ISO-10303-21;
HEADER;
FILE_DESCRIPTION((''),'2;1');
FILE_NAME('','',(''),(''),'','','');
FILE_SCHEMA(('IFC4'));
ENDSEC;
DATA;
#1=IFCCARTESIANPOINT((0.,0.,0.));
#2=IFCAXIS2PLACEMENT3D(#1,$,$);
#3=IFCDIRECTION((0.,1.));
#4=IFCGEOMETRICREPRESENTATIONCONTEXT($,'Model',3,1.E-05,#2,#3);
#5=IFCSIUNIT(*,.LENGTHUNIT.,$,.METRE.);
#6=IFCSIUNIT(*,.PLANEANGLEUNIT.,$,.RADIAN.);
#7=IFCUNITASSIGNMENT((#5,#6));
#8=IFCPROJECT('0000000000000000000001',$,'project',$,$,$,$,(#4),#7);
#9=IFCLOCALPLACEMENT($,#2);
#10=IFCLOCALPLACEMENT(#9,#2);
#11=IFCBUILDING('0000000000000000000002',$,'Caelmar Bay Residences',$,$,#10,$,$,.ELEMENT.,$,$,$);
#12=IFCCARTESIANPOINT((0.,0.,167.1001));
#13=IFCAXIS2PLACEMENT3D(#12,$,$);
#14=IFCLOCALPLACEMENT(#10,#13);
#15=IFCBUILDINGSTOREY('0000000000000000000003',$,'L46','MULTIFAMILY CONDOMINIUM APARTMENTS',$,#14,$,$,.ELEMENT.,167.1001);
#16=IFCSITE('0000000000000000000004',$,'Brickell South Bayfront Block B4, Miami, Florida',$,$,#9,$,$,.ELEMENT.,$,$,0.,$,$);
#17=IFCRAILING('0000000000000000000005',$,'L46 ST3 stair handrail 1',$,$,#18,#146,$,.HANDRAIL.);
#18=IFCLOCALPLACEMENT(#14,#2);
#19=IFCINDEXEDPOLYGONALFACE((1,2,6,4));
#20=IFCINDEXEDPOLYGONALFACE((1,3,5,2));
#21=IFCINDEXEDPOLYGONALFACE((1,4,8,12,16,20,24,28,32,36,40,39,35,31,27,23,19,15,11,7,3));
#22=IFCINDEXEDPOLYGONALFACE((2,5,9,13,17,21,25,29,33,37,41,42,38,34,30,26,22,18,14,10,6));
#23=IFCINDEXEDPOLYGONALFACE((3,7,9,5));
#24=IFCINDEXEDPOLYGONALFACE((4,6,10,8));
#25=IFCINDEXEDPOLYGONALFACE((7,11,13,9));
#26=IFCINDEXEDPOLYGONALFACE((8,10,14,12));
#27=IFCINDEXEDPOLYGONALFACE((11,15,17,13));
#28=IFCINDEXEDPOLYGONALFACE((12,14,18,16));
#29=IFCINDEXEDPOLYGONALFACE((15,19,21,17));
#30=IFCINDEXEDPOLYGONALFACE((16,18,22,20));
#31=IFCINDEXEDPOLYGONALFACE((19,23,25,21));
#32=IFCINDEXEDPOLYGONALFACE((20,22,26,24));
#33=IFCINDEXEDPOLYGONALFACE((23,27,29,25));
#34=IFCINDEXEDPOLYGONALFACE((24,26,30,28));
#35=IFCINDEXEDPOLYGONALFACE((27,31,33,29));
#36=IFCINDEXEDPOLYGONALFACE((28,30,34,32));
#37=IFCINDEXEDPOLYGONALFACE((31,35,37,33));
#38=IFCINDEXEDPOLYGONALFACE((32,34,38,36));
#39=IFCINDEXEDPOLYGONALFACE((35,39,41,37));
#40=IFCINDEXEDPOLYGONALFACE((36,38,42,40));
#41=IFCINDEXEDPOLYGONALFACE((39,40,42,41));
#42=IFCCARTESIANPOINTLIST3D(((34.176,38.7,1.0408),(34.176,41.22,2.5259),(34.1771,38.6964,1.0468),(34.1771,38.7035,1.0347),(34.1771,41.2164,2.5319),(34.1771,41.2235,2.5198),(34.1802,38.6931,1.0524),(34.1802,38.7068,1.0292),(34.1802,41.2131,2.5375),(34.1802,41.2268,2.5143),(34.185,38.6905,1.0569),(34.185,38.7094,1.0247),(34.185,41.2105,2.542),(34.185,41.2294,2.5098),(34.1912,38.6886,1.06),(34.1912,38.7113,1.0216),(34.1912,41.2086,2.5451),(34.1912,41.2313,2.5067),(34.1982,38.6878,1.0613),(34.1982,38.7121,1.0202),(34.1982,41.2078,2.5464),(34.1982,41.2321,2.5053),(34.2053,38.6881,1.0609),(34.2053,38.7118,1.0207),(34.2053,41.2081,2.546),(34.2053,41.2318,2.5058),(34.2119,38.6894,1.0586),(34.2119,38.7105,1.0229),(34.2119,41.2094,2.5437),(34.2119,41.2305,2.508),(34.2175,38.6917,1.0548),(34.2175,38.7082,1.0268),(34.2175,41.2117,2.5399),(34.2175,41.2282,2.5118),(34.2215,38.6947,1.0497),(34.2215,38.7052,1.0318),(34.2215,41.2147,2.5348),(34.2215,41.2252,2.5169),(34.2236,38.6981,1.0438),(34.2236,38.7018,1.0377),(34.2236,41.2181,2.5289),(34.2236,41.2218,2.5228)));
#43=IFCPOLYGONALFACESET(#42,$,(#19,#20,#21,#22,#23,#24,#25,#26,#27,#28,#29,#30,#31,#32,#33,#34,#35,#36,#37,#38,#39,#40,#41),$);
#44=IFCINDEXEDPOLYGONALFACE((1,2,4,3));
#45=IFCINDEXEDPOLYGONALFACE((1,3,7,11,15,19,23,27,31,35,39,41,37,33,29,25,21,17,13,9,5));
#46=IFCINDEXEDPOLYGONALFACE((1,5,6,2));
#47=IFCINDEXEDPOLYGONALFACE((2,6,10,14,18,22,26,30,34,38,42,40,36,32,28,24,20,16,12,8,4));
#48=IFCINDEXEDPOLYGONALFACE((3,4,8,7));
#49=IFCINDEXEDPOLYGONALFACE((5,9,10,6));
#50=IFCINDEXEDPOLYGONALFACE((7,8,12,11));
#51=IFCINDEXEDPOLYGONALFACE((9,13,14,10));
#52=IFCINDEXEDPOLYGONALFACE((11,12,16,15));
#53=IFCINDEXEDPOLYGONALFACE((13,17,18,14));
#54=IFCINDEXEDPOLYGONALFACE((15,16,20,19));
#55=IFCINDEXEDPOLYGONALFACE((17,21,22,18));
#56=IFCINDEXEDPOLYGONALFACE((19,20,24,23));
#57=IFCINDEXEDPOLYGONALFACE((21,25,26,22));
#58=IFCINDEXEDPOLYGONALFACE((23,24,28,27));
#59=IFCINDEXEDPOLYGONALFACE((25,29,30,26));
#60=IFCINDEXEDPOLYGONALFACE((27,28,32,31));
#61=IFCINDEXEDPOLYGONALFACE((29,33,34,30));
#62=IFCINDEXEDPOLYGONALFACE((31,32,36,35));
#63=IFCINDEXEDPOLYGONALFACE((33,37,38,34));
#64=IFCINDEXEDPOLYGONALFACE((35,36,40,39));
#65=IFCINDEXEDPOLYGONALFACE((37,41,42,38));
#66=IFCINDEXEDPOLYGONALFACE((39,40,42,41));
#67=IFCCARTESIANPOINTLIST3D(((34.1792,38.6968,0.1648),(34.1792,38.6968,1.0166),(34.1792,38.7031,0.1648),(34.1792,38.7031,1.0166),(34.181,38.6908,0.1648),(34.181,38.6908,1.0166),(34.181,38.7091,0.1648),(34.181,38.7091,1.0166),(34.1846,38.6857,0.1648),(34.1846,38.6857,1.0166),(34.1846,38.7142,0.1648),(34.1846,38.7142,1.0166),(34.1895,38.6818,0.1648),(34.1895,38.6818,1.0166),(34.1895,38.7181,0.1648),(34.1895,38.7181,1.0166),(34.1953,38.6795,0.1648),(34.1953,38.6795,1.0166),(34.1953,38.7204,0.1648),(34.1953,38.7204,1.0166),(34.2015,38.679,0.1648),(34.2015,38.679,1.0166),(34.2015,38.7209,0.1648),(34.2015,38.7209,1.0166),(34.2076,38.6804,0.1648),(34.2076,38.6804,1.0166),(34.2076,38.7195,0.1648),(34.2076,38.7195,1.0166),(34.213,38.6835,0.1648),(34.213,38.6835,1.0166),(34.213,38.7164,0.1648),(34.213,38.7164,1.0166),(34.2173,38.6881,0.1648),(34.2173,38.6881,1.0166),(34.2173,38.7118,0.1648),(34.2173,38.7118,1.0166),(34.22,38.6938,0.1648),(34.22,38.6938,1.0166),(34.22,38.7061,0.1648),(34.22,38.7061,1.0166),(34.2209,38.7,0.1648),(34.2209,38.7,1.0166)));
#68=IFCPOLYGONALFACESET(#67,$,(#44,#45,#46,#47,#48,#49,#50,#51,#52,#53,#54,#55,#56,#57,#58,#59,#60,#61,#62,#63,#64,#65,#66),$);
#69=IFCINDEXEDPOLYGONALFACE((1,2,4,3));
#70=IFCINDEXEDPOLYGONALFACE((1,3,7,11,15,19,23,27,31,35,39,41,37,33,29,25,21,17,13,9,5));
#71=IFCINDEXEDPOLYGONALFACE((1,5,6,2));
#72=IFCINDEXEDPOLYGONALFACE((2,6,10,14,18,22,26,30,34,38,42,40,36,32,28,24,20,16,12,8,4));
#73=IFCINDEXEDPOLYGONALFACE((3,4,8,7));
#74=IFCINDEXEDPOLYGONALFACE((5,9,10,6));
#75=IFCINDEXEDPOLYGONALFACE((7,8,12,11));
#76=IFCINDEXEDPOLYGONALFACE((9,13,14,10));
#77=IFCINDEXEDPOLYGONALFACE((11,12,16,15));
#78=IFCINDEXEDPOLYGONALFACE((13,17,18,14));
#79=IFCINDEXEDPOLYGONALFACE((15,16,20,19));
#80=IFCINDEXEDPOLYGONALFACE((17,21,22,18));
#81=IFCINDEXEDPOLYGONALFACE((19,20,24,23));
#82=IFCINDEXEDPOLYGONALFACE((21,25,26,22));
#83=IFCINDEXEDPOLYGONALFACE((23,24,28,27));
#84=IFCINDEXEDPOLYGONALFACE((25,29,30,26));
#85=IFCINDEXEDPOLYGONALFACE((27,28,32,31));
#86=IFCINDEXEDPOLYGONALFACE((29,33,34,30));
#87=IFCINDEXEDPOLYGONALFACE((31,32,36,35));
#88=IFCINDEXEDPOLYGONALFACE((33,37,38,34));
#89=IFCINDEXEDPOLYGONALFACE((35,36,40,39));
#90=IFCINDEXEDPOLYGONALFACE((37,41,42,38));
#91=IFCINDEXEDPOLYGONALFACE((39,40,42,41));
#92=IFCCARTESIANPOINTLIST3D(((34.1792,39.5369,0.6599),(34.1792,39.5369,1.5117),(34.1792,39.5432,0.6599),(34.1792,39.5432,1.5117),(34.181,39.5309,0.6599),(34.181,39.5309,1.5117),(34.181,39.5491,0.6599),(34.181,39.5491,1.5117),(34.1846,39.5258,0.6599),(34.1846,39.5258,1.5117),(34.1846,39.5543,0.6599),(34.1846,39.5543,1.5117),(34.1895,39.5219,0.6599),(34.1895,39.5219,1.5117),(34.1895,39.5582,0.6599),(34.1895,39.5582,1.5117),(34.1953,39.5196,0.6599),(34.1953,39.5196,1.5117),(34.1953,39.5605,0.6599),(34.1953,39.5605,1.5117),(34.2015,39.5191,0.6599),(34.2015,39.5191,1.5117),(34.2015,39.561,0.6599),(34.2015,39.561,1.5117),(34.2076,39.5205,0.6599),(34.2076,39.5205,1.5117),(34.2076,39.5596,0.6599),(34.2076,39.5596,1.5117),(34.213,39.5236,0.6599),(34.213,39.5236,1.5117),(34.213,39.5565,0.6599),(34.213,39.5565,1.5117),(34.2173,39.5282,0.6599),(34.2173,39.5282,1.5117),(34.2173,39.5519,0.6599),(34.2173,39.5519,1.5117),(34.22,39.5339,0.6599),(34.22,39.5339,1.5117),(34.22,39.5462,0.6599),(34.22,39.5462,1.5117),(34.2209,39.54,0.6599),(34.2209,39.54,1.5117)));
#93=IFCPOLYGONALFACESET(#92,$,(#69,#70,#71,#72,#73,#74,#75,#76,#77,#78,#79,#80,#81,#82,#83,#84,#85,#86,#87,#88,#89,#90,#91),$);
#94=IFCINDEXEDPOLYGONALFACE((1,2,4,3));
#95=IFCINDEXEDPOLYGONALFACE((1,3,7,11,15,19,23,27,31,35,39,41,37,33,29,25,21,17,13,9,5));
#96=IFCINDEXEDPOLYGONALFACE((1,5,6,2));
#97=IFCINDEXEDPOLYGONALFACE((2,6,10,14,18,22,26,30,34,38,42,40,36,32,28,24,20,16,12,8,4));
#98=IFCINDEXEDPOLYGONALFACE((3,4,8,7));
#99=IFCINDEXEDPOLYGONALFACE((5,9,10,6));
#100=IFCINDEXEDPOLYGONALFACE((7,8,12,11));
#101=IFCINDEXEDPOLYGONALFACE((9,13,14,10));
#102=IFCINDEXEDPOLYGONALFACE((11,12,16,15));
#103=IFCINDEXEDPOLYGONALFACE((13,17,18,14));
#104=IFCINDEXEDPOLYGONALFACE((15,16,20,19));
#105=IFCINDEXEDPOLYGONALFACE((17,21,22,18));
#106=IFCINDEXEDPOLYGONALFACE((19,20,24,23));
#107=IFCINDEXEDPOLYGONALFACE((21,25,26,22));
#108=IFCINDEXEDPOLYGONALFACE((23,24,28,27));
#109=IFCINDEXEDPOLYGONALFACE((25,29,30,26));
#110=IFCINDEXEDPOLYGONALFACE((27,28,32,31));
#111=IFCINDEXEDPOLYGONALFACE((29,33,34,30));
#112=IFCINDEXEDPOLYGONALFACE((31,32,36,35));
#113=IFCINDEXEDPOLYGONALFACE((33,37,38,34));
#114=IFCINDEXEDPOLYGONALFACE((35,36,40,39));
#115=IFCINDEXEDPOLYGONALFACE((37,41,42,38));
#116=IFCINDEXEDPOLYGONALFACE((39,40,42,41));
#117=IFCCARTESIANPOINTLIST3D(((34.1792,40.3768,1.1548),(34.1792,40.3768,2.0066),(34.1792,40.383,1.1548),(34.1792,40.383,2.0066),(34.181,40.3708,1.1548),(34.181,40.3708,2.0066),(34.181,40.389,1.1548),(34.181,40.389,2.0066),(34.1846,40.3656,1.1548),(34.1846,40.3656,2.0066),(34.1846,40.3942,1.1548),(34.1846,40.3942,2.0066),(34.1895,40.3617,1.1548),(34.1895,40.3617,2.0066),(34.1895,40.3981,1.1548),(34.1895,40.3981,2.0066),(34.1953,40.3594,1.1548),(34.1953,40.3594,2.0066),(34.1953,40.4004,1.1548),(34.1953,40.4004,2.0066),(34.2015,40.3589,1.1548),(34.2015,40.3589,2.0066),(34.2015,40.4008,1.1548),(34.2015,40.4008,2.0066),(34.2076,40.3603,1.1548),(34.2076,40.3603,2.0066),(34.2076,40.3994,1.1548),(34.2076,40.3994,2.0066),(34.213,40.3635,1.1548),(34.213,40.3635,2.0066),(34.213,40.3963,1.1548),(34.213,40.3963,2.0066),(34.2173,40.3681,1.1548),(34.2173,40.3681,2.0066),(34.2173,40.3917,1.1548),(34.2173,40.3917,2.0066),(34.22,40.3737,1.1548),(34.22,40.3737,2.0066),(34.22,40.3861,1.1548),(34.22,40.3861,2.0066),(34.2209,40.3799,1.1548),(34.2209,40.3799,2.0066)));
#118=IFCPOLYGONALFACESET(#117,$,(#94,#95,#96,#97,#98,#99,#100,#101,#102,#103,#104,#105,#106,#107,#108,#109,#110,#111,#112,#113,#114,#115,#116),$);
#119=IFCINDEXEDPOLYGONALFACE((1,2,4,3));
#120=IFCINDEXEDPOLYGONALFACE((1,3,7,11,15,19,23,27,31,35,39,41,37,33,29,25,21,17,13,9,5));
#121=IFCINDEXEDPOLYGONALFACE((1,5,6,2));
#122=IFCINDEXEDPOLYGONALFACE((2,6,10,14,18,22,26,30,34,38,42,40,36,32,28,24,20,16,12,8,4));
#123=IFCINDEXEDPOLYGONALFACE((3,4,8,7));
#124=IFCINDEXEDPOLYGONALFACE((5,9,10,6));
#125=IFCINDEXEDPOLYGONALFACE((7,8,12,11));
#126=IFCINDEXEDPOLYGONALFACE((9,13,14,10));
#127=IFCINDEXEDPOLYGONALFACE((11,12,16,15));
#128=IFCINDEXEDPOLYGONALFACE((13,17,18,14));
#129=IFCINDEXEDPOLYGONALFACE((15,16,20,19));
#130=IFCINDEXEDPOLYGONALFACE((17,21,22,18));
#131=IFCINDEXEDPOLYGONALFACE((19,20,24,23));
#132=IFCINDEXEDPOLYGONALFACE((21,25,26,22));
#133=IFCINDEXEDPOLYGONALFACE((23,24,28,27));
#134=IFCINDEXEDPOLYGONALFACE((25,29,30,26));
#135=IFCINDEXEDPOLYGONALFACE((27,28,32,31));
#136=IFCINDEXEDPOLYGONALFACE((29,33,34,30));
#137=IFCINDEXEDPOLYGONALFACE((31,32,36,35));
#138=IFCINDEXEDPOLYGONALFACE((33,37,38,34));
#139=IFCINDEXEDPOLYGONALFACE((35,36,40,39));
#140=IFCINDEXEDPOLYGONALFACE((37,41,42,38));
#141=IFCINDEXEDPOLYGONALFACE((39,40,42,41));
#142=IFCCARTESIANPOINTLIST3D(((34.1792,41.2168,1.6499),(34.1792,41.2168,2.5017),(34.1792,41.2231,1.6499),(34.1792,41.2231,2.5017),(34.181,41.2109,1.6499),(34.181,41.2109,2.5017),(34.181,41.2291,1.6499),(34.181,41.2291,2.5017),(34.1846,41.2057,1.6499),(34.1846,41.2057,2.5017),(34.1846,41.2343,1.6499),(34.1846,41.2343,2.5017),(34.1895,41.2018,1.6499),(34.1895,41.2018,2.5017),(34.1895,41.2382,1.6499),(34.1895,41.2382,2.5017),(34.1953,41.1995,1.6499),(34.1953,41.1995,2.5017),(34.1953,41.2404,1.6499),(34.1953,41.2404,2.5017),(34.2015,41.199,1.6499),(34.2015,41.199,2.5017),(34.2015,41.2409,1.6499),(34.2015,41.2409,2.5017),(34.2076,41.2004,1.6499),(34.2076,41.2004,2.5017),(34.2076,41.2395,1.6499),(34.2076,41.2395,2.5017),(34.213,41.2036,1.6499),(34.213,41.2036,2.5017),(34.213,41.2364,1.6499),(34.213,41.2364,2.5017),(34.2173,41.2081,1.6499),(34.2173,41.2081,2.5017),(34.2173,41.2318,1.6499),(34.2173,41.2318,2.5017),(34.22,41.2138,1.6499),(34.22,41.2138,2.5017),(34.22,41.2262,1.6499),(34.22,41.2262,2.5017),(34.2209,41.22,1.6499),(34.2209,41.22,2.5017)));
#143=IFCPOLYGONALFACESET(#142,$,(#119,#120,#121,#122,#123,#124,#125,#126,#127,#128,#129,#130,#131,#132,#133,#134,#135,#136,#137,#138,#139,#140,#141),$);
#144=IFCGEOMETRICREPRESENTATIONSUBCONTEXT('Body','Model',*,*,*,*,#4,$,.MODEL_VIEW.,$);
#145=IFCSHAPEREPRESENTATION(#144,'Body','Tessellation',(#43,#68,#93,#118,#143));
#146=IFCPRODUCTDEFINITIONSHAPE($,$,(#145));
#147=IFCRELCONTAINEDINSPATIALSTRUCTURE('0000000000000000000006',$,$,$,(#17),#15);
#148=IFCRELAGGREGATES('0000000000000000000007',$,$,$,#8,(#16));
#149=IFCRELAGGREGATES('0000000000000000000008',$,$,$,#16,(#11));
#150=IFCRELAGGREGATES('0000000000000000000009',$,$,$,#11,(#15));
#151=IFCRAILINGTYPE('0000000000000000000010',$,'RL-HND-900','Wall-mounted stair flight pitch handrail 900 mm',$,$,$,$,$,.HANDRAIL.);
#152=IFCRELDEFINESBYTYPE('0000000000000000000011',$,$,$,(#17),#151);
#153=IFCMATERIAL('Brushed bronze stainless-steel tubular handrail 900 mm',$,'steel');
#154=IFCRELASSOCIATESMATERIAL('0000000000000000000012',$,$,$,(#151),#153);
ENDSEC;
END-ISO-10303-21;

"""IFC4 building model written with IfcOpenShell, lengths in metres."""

from ifc_helpers import new_model, si_unit, direction, frame, origin, origin_2d, place, context, subcontext, project, spatial, circle, extrude, material, type_object, element, save


model = new_model("IFC4")

# Units and contexts
model_context = context("Model", 3, precision=1e-05, world=origin(), true_north=direction((0.0, 1.0)))
body_context = subcontext(model_context, "Body", "Model", "MODEL_VIEW")
ifc_project = project(units=[si_unit("LENGTHUNIT", "METRE"), si_unit("PLANEANGLEUNIT", "RADIAN")], contexts=[model_context])

# Site, building, storey
site_placement = place(None, origin())
site = spatial("IfcSite", under=ifc_project, at=site_placement, Name="Brickell South Bayfront Block B4, Miami, Florida", CompositionType="ELEMENT", RefElevation=0.0)
building_placement = place(site_placement, origin())
building = spatial("IfcBuilding", under=site, at=building_placement, Name="Caelmar Bay Residences", CompositionType="ELEMENT")
storey_placement = place(building_placement, frame((0.0, 0.0, 167.1001)))
storey = spatial("IfcBuildingStorey", under=building, at=storey_placement, Name="L46", Description="MULTIFAMILY CONDOMINIUM APARTMENTS", CompositionType="ELEMENT", Elevation=167.1001)

# Railing
ifc_material_1 = material(Name="Brushed bronze stainless-steel tubular handrail 900 mm", Category="steel")
railing_type_1 = type_object("IfcRailingType", Name="RL-HND-900", Description="Wall-mounted stair flight pitch handrail 900 mm", PredefinedType="HANDRAIL", material=ifc_material_1)
railing_1_placement = place(storey_placement, frame((34.2, 38.7, 0.1648)))
element("IfcRailing", 1, at=railing_1_placement, inside=storey, type_object=railing_type_1, Name="L46 ST3 stair handrail 1", PredefinedType="HANDRAIL", context=body_context, shape_type="SweptSolid", body=[
    extrude(circle(Radius=0.0239, at=origin_2d()), frame((0.0, 0.0, 0.876), z_axis=(0.0, 0.861524, 0.507717), x_axis=(-1.0, 0.0, 0.0)), (0.0, 0.0, 1.0), 2.925),
    extrude(circle(Radius=0.021, at=origin_2d()), origin(), (0.0, 0.0, 1.0), 0.8518),
    extrude(circle(Radius=0.021, at=origin_2d()), frame((0.0, 0.8401, 0.4951)), (0.0, 0.0, 1.0), 0.8518),
    extrude(circle(Radius=0.021, at=origin_2d()), frame((0.0, 1.6799, 0.99)), (0.0, 0.0, 1.0), 0.8518),
    extrude(circle(Radius=0.021, at=origin_2d()), frame((0.0, 2.52, 1.4851)), (0.0, 0.0, 1.0), 0.8518),
])

save(model, "model.ifc")
